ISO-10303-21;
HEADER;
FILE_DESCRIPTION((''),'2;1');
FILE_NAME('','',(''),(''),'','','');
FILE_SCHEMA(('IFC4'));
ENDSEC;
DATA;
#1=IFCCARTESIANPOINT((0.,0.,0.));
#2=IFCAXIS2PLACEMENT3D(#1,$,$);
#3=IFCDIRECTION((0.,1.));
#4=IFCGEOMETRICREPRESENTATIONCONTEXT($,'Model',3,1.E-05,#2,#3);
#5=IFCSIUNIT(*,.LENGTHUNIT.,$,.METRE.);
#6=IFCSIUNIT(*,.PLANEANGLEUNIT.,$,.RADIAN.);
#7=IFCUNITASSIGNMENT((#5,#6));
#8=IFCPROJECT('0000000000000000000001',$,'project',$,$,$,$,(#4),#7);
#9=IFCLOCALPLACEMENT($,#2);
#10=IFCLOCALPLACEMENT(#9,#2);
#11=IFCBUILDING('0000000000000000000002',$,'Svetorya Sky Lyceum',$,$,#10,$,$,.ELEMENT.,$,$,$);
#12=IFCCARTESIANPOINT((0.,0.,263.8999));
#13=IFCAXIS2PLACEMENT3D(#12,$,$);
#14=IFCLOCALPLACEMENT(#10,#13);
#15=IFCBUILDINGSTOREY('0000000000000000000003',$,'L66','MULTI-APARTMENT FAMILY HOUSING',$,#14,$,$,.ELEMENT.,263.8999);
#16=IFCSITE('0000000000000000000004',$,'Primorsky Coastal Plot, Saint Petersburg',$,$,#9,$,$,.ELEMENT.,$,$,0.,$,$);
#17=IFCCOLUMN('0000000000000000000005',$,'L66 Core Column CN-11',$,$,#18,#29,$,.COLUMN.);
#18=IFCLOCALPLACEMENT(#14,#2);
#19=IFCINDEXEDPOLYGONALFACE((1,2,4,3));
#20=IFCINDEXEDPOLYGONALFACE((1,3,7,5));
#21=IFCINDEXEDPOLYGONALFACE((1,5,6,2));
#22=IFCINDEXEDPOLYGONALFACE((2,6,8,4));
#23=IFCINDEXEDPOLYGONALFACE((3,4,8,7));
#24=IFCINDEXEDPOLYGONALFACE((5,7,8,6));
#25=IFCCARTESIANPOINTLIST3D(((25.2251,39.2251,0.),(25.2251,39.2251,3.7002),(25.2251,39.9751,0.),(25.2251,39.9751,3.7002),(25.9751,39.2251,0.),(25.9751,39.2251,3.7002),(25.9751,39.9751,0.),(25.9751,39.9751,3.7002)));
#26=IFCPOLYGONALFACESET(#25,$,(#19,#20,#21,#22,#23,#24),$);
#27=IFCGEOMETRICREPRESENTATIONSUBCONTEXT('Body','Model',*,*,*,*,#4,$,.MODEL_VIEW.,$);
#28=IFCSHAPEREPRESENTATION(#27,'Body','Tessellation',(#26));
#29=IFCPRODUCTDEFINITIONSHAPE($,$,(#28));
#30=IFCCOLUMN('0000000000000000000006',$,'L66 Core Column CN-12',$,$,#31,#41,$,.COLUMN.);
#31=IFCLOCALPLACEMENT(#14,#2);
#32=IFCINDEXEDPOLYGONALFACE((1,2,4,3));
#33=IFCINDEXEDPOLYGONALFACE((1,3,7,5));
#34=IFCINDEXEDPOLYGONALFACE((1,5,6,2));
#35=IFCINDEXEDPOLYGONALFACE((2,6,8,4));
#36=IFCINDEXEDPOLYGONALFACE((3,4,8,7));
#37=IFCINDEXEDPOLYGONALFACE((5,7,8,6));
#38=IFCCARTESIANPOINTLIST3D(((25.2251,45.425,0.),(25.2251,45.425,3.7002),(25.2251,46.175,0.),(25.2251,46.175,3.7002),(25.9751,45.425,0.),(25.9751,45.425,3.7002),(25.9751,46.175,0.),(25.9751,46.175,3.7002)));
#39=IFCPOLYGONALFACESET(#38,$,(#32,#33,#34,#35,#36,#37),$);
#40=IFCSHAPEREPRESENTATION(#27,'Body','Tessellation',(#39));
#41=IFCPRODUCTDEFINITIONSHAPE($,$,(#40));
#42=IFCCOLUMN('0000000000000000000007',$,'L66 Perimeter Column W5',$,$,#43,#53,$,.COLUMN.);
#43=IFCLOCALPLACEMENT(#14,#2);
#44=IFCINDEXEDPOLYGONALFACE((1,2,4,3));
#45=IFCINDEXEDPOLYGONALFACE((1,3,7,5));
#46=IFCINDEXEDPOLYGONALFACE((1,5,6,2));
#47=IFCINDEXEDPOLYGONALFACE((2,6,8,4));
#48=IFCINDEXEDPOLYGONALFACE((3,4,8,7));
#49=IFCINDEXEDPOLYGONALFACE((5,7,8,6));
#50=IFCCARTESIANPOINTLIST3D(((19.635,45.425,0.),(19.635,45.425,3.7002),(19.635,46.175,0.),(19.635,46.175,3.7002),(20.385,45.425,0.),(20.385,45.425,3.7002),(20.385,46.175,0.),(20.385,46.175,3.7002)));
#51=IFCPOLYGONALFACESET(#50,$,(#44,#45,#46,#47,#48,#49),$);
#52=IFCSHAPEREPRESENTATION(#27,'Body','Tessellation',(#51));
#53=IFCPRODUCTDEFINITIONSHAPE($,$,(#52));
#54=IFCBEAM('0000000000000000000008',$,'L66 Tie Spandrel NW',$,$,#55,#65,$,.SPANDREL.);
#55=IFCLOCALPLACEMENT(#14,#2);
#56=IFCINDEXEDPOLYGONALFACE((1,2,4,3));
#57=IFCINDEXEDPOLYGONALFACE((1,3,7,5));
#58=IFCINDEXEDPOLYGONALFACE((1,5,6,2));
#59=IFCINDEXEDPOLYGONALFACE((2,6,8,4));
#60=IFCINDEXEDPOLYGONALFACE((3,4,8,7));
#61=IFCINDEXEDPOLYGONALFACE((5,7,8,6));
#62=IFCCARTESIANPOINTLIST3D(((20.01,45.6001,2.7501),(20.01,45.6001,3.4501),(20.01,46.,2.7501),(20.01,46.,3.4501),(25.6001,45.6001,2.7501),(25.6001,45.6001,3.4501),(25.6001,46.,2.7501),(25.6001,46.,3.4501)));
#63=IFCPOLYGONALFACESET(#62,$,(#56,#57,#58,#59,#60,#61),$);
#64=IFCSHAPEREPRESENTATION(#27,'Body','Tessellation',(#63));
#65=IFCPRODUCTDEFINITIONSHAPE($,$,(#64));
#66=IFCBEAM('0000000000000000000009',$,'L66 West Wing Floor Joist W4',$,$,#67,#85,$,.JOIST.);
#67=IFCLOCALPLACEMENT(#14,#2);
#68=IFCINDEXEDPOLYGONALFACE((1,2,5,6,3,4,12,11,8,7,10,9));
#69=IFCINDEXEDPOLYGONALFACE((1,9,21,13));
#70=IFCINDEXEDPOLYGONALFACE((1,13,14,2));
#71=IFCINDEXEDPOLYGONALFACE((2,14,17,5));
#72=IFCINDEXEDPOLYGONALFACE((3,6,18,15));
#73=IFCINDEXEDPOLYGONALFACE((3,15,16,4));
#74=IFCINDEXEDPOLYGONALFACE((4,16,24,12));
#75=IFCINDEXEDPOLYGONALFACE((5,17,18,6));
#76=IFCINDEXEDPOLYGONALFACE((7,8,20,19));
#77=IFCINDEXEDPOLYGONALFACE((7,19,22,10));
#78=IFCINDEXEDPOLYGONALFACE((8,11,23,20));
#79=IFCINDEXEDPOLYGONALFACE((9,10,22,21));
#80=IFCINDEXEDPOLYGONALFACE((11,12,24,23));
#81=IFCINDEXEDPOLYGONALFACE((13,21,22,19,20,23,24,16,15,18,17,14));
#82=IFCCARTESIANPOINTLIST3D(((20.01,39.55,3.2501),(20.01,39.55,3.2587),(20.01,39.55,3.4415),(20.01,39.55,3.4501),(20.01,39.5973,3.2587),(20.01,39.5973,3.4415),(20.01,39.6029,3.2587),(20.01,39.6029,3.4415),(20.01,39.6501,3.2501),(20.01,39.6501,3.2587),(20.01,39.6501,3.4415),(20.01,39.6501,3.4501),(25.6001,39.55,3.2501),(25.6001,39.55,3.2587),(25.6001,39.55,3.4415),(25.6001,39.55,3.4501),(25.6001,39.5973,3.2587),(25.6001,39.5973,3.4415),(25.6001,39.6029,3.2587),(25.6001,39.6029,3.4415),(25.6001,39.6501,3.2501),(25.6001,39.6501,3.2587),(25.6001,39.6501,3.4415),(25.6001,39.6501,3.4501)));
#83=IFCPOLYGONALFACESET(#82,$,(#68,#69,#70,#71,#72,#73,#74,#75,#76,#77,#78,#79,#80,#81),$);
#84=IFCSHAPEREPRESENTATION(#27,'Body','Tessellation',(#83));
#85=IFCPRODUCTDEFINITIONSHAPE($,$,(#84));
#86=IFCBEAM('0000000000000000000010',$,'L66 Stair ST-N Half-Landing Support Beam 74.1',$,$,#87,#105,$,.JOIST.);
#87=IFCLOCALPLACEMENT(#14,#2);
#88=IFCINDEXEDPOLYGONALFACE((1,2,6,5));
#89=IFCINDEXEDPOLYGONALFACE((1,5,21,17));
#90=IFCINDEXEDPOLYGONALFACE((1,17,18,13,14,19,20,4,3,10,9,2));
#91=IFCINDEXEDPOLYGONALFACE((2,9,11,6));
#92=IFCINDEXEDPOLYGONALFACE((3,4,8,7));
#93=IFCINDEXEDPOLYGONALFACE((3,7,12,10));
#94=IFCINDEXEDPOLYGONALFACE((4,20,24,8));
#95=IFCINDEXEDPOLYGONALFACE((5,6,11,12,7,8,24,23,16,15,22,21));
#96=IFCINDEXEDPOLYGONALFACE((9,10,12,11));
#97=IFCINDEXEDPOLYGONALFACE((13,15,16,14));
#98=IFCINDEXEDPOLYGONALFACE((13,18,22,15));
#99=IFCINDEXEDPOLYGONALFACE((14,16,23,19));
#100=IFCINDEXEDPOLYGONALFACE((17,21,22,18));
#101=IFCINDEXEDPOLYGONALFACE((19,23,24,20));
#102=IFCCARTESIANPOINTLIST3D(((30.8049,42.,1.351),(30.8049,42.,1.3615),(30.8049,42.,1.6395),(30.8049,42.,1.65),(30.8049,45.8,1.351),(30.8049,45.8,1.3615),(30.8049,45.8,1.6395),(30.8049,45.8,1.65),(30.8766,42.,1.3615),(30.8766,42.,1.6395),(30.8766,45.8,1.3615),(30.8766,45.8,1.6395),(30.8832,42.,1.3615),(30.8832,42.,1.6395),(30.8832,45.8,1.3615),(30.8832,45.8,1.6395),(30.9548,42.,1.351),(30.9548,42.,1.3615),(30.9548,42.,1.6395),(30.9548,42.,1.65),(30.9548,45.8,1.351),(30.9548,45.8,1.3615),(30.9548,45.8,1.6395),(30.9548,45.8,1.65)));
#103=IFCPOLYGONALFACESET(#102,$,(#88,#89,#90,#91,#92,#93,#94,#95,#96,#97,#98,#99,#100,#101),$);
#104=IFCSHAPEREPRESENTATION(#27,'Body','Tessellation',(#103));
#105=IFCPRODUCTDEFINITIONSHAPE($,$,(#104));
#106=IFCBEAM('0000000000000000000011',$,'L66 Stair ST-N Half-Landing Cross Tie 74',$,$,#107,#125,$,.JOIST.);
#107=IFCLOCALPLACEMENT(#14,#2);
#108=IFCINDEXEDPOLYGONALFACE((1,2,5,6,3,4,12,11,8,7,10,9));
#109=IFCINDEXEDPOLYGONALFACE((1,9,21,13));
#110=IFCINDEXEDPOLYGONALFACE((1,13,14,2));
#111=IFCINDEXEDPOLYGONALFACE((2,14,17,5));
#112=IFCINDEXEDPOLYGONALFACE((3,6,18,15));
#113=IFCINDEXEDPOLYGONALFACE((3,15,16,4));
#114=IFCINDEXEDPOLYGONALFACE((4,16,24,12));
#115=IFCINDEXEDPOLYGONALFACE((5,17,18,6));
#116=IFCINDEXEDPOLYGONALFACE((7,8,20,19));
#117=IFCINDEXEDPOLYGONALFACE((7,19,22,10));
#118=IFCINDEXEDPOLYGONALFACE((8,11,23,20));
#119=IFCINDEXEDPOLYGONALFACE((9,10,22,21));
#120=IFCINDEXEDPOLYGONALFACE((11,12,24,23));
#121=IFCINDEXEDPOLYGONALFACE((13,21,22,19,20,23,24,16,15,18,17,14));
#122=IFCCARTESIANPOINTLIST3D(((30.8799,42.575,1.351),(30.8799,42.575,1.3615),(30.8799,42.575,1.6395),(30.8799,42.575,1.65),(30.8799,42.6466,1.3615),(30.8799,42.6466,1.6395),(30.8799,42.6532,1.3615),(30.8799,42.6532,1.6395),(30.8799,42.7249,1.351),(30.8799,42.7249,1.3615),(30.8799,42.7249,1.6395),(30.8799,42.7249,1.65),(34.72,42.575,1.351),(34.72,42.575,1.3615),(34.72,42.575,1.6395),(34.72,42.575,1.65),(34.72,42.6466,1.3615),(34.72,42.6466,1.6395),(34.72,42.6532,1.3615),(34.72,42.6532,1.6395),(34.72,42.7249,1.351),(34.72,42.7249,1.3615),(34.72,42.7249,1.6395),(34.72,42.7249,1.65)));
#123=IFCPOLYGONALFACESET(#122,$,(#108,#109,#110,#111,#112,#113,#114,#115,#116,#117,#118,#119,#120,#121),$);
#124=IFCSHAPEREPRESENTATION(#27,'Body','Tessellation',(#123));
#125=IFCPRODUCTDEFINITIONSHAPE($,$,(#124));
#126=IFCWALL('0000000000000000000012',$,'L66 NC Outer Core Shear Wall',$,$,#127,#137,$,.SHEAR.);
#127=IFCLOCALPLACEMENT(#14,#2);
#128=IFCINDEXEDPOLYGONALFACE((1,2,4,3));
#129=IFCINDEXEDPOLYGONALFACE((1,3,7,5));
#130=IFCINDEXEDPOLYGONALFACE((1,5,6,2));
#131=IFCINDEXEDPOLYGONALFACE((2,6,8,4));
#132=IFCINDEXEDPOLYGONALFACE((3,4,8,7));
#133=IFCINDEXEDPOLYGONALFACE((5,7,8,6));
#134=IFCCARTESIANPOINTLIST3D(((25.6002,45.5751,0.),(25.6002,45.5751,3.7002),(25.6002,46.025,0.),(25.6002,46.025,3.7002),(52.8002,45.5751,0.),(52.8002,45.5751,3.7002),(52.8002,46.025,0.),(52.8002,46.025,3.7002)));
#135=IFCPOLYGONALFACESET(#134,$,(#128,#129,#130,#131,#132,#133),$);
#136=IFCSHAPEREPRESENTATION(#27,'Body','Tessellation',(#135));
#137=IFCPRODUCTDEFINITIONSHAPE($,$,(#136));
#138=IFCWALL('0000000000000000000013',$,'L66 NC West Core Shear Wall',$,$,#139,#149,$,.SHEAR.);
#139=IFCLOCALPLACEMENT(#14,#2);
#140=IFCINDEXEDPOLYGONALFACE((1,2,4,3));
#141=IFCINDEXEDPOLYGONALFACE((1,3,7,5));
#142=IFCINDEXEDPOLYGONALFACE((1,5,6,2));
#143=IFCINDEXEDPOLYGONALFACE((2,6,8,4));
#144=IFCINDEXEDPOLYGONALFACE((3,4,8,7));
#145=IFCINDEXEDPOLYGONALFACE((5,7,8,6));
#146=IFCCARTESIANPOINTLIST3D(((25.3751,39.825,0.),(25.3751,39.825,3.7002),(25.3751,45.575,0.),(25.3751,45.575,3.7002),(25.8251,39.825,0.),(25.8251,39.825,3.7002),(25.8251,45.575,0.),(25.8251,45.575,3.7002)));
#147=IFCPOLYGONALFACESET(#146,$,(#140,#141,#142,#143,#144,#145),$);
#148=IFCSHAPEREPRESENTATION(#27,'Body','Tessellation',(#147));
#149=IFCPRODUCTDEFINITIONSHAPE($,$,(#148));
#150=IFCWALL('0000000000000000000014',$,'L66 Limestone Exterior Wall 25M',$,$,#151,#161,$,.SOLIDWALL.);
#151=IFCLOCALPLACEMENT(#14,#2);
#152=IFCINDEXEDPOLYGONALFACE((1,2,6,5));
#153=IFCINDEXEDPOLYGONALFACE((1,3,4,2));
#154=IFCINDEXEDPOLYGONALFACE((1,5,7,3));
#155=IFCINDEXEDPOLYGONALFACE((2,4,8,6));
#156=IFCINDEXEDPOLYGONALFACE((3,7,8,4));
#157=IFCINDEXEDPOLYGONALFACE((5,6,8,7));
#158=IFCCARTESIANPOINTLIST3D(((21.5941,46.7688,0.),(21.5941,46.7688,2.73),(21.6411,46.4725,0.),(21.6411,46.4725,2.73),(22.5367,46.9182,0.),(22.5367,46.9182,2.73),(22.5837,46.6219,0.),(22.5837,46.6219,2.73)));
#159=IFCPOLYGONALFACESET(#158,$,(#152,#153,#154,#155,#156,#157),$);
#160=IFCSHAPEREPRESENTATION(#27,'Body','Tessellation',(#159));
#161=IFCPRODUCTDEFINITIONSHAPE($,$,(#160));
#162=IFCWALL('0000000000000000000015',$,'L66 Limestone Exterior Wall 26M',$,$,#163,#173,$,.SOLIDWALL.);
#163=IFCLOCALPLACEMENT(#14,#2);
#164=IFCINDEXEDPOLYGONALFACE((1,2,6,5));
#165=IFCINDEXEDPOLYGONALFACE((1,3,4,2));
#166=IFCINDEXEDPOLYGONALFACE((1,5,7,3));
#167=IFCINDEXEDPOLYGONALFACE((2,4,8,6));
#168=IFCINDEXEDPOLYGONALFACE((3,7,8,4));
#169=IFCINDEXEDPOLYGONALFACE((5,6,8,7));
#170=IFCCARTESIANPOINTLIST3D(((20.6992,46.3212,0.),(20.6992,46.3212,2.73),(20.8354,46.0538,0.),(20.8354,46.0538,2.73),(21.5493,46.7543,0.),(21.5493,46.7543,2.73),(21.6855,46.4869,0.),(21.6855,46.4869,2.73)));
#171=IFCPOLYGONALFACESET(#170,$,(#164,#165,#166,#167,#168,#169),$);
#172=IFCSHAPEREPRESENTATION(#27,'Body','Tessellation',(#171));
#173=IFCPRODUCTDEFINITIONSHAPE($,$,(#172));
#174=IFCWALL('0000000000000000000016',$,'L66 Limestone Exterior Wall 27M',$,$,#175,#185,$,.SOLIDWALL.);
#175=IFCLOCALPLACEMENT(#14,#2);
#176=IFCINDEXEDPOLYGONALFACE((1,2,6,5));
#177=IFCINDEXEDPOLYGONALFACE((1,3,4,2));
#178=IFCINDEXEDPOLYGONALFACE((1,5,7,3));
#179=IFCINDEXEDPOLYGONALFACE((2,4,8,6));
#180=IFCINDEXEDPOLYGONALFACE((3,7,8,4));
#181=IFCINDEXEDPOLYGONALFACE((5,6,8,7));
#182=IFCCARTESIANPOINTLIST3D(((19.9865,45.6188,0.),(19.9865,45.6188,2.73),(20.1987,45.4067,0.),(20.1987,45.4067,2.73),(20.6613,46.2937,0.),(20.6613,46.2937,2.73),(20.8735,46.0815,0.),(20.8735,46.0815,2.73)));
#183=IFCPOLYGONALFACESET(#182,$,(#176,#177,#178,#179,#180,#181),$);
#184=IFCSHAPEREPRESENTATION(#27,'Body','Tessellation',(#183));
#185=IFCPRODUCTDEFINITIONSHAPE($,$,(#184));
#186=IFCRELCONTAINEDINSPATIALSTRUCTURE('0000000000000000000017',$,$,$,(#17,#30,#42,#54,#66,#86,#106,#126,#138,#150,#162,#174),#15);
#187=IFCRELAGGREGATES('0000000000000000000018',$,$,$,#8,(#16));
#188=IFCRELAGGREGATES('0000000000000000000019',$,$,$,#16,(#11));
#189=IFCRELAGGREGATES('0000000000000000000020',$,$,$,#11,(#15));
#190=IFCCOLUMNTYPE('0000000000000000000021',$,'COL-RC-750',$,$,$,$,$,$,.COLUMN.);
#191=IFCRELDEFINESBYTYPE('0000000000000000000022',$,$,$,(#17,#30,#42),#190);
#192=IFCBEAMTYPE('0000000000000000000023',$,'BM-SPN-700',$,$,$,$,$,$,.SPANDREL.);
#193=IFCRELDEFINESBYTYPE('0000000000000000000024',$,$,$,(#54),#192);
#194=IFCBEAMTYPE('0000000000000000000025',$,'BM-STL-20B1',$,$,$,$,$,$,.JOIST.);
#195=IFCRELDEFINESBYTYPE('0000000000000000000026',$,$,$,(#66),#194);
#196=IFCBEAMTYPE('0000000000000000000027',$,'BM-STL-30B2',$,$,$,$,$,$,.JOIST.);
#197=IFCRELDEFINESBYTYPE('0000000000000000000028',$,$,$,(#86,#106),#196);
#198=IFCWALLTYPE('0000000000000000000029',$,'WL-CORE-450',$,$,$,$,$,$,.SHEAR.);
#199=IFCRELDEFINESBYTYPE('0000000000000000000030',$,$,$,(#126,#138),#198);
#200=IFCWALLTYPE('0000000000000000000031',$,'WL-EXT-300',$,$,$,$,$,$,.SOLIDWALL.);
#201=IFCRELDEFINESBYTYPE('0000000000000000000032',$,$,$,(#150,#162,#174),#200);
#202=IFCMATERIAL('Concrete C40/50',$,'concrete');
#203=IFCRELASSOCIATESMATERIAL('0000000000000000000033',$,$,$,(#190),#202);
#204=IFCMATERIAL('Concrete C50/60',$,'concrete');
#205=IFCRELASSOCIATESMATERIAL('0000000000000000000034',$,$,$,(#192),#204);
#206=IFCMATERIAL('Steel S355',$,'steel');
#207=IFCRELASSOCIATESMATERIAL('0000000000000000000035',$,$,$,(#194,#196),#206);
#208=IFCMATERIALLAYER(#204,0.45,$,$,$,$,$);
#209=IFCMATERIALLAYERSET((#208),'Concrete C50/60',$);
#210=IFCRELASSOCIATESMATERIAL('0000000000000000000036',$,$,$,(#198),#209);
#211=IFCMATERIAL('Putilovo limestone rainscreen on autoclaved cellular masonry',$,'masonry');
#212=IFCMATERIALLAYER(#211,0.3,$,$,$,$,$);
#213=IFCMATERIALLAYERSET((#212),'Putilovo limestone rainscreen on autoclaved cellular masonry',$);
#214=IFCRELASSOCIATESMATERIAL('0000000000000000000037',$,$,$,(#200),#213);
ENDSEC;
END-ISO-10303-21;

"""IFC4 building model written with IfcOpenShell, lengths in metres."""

from ifc_helpers import new_model, si_unit, direction, frame, frame_2d, origin, origin_2d, place, context, subcontext, project, spatial, rectangle, i_section, extrude, material, layer, layer_set, material_profile, profile_set, type_object, element, save


model = new_model("IFC4")

# Units and contexts
model_context = context("Model", 3, precision=1e-05, world=origin(), true_north=direction((0.0, 1.0)))
body_context = subcontext(model_context, "Body", "Model", "MODEL_VIEW")
ifc_project = project(units=[si_unit("LENGTHUNIT", "METRE"), si_unit("PLANEANGLEUNIT", "RADIAN")], contexts=[model_context])

# Site, building, storey
site_placement = place(None, origin())
site = spatial("IfcSite", under=ifc_project, at=site_placement, Name="Primorsky Coastal Plot, Saint Petersburg", CompositionType="ELEMENT", RefElevation=0.0)
building_placement = place(site_placement, origin())
building = spatial("IfcBuilding", under=site, at=building_placement, Name="Svetorya Sky Lyceum", CompositionType="ELEMENT")
storey_placement = place(building_placement, frame((0.0, 0.0, 263.8999)))
storey = spatial("IfcBuildingStorey", under=building, at=storey_placement, Name="L66", Description="MULTI-APARTMENT FAMILY HOUSING", CompositionType="ELEMENT", Elevation=263.8999)

# Columns
ifc_material_1 = material(Name="Concrete C40/50", Category="concrete")
ifc_material_profile_1 = material_profile(ifc_material_1, rectangle(XDim=0.75, YDim=0.75, at=origin_2d()), Name="RC COL 750x750")
ifc_profile_set_1 = profile_set([ifc_material_profile_1], Name="Concrete C40/50")
column_type = type_object("IfcColumnType", Name="COL-RC-750", PredefinedType="COLUMN", material=ifc_profile_set_1)
for number, where, z_axis, x_axis, name in (
    (1, (25.6001, 39.6001, 0.0), (0.0, 0.0, 1.0), (1.0, 0.0, 0.0), "L66 Core Column CN-11"),
    (2, (25.6001, 45.8, 0.0), (0.0, 0.0, 1.0), (1.0, 0.0, 0.0), "L66 Core Column CN-12"),
    (3, (20.01, 45.8, 0.0), (0.0, 0.0, 1.0), (1.0, 0.0, 0.0), "L66 Perimeter Column W5"),
):
    element("IfcColumn", number, at=place(storey_placement, frame(where, z_axis=z_axis, x_axis=x_axis)), inside=storey, type_object=column_type, Name=name, PredefinedType="COLUMN", context=body_context, shape_type="SweptSolid", body=[
        extrude(rectangle(XDim=0.75, YDim=0.75, at=origin_2d()), origin(), (0.0, 0.0, 1.0), 3.7002),
    ])

# Beams
ifc_material_2 = material(Name="Concrete C50/60", Category="concrete")
ifc_material_profile_2 = material_profile(ifc_material_2, rectangle(XDim=0.3999, YDim=0.7, at=origin_2d()), Name="RC SPANDREL 400x700")
ifc_profile_set_2 = profile_set([ifc_material_profile_2], Name="Concrete C50/60")
beam_type_1 = type_object("IfcBeamType", Name="BM-SPN-700", PredefinedType="SPANDREL", material=ifc_profile_set_2)
beam_1_placement = place(storey_placement, frame((20.01, 45.8, 3.1001), z_axis=(1.0, 0.0, 0.0), x_axis=(0.0, 1.0, 0.0)))
element("IfcBeam", 4, at=beam_1_placement, inside=storey, type_object=beam_type_1, Name="L66 Tie Spandrel NW", PredefinedType="SPANDREL", context=body_context, shape_type="SweptSolid", body=[
    extrude(rectangle(XDim=0.3999, YDim=0.7, at=origin_2d()), origin(), (0.0, 0.0, 1.0), 5.5901),
])
ifc_material_3 = material(Name="Steel S355", Category="steel")
ifc_material_profile_3 = material_profile(ifc_material_3, i_section(OverallWidth=0.1001, OverallDepth=0.2, WebThickness=0.0056, FlangeThickness=0.0085, at=origin_2d()), Name="GOST 20B1")
ifc_profile_set_3 = profile_set([ifc_material_profile_3], Name="Steel S355")
beam_type_2 = type_object("IfcBeamType", Name="BM-STL-20B1", PredefinedType="JOIST", material=ifc_profile_set_3)
beam_2_placement = place(storey_placement, frame((20.01, 39.6001, 3.3501), z_axis=(1.0, 0.0, 0.0), x_axis=(0.0, 1.0, 0.0)))
element("IfcBeam", 5, at=beam_2_placement, inside=storey, type_object=beam_type_2, Name="L66 West Wing Floor Joist W4", PredefinedType="JOIST", context=body_context, shape_type="SweptSolid", body=[
    extrude(i_section(OverallWidth=0.1001, OverallDepth=0.2, WebThickness=0.0056, FlangeThickness=0.0085, at=origin_2d()), origin(), (0.0, 0.0, 1.0), 5.5901),
])
ifc_material_profile_4 = material_profile(ifc_material_3, i_section(OverallWidth=0.1499, OverallDepth=0.2991, WebThickness=0.0066, FlangeThickness=0.0105, at=origin_2d()), Name="GOST 30B2")
ifc_profile_set_4 = profile_set([ifc_material_profile_4], Name="Steel S355")
beam_type_3 = type_object("IfcBeamType", Name="BM-STL-30B2", PredefinedType="JOIST", material=ifc_profile_set_4)
beam_3_placement = place(storey_placement, frame((30.8799, 42.0, 1.5005), z_axis=(0.0, 1.0, 0.0), x_axis=(-1.0, 0.0, 0.0)))
element("IfcBeam", 6, at=beam_3_placement, inside=storey, type_object=beam_type_3, Name="L66 Stair ST-N Half-Landing Support Beam 74.1", PredefinedType="JOIST", context=body_context, shape_type="SweptSolid", body=[
    extrude(i_section(OverallWidth=0.1499, OverallDepth=0.2991, WebThickness=0.0066, FlangeThickness=0.0105, at=origin_2d()), origin(), (0.0, 0.0, 1.0), 3.8),
])
beam_4_placement = place(storey_placement, frame((30.8799, 42.6499, 1.5005), z_axis=(1.0, 0.0, 0.0), x_axis=(0.0, 1.0, 0.0)))
element("IfcBeam", 7, at=beam_4_placement, inside=storey, type_object=beam_type_3, Name="L66 Stair ST-N Half-Landing Cross Tie 74", PredefinedType="JOIST", context=body_context, shape_type="SweptSolid", body=[
    extrude(i_section(OverallWidth=0.1499, OverallDepth=0.2991, WebThickness=0.0066, FlangeThickness=0.0105, at=origin_2d()), origin(), (0.0, 0.0, 1.0), 3.8401),
])

# Walls
ifc_layer_1 = layer(ifc_material_2, 0.45)
ifc_layer_set_1 = layer_set([ifc_layer_1], Name="Concrete C50/60")
wall_type_1 = type_object("IfcWallType", Name="WL-CORE-450", PredefinedType="SHEAR", material=ifc_layer_set_1)
wall_1_placement = place(storey_placement, frame((25.6001, 45.8, 0.0), z_axis=(0.0, 0.0, 1.0), x_axis=(1.0, 0.0, 0.0)))
element("IfcWall", 8, at=wall_1_placement, inside=storey, type_object=wall_type_1, Name="L66 NC Outer Core Shear Wall", PredefinedType="SHEAR", context=body_context, shape_type="SweptSolid", body=[
    extrude(rectangle(XDim=27.2, YDim=0.45, at=frame_2d((13.6001, 0.0))), origin(), (0.0, 0.0, 1.0), 3.7002),
])
wall_2_placement = place(storey_placement, frame((25.6001, 39.825, 0.0), z_axis=(0.0, 0.0, 1.0), x_axis=(0.0, 1.0, 0.0)))
element("IfcWall", 9, at=wall_2_placement, inside=storey, type_object=wall_type_1, Name="L66 NC West Core Shear Wall", PredefinedType="SHEAR", context=body_context, shape_type="SweptSolid", body=[
    extrude(rectangle(XDim=5.75, YDim=0.45, at=frame_2d((2.875, 0.0))), origin(), (0.0, 0.0, 1.0), 3.7002),
])
ifc_material_4 = material(Name="Putilovo limestone rainscreen on autoclaved cellular masonry", Category="masonry")
ifc_layer_2 = layer(ifc_material_4, 0.3)
ifc_layer_set_2 = layer_set([ifc_layer_2], Name="Putilovo limestone rainscreen on autoclaved cellular masonry")
wall_type_2 = type_object("IfcWallType", Name="WL-EXT-300", PredefinedType="SOLIDWALL", material=ifc_layer_set_2)
wall_3_placement = place(storey_placement, frame((22.5601, 46.77, 0.0), z_axis=(0.0, 0.0, 1.0), x_axis=(-0.987669, -0.156554, 0.0)))
element("IfcWall", 10, at=wall_3_placement, inside=storey, type_object=wall_type_2, Name="L66 Limestone Exterior Wall 25M", PredefinedType="SOLIDWALL", context=body_context, shape_type="SweptSolid", body=[
    extrude(rectangle(XDim=0.9543, YDim=0.3, at=frame_2d((0.4771, 0.0))), origin(), (0.0, 0.0, 1.0), 2.73),
])
wall_4_placement = place(storey_placement, frame((21.6174, 46.6206, 0.0), z_axis=(0.0, 0.0, 1.0), x_axis=(-0.891024, -0.453956, 0.0)))
element("IfcWall", 11, at=wall_4_placement, inside=storey, type_object=wall_type_2, Name="L66 Limestone Exterior Wall 26M", PredefinedType="SOLIDWALL", context=body_context, shape_type="SweptSolid", body=[
    extrude(rectangle(XDim=0.9541, YDim=0.3, at=frame_2d((0.4771, 0.0))), origin(), (0.0, 0.0, 1.0), 2.73),
])
wall_5_placement = place(storey_placement, frame((20.7673, 46.1875, 0.0), z_axis=(0.0, 0.0, 1.0), x_axis=(-0.707107, -0.707107, 0.0)))
element("IfcWall", 12, at=wall_5_placement, inside=storey, type_object=wall_type_2, Name="L66 Limestone Exterior Wall 27M", PredefinedType="SOLIDWALL", context=body_context, shape_type="SweptSolid", body=[
    extrude(rectangle(XDim=0.9543, YDim=0.3, at=frame_2d((0.4771, 0.0))), origin(), (0.0, 0.0, 1.0), 2.73),
])

save(model, "model.ifc")
